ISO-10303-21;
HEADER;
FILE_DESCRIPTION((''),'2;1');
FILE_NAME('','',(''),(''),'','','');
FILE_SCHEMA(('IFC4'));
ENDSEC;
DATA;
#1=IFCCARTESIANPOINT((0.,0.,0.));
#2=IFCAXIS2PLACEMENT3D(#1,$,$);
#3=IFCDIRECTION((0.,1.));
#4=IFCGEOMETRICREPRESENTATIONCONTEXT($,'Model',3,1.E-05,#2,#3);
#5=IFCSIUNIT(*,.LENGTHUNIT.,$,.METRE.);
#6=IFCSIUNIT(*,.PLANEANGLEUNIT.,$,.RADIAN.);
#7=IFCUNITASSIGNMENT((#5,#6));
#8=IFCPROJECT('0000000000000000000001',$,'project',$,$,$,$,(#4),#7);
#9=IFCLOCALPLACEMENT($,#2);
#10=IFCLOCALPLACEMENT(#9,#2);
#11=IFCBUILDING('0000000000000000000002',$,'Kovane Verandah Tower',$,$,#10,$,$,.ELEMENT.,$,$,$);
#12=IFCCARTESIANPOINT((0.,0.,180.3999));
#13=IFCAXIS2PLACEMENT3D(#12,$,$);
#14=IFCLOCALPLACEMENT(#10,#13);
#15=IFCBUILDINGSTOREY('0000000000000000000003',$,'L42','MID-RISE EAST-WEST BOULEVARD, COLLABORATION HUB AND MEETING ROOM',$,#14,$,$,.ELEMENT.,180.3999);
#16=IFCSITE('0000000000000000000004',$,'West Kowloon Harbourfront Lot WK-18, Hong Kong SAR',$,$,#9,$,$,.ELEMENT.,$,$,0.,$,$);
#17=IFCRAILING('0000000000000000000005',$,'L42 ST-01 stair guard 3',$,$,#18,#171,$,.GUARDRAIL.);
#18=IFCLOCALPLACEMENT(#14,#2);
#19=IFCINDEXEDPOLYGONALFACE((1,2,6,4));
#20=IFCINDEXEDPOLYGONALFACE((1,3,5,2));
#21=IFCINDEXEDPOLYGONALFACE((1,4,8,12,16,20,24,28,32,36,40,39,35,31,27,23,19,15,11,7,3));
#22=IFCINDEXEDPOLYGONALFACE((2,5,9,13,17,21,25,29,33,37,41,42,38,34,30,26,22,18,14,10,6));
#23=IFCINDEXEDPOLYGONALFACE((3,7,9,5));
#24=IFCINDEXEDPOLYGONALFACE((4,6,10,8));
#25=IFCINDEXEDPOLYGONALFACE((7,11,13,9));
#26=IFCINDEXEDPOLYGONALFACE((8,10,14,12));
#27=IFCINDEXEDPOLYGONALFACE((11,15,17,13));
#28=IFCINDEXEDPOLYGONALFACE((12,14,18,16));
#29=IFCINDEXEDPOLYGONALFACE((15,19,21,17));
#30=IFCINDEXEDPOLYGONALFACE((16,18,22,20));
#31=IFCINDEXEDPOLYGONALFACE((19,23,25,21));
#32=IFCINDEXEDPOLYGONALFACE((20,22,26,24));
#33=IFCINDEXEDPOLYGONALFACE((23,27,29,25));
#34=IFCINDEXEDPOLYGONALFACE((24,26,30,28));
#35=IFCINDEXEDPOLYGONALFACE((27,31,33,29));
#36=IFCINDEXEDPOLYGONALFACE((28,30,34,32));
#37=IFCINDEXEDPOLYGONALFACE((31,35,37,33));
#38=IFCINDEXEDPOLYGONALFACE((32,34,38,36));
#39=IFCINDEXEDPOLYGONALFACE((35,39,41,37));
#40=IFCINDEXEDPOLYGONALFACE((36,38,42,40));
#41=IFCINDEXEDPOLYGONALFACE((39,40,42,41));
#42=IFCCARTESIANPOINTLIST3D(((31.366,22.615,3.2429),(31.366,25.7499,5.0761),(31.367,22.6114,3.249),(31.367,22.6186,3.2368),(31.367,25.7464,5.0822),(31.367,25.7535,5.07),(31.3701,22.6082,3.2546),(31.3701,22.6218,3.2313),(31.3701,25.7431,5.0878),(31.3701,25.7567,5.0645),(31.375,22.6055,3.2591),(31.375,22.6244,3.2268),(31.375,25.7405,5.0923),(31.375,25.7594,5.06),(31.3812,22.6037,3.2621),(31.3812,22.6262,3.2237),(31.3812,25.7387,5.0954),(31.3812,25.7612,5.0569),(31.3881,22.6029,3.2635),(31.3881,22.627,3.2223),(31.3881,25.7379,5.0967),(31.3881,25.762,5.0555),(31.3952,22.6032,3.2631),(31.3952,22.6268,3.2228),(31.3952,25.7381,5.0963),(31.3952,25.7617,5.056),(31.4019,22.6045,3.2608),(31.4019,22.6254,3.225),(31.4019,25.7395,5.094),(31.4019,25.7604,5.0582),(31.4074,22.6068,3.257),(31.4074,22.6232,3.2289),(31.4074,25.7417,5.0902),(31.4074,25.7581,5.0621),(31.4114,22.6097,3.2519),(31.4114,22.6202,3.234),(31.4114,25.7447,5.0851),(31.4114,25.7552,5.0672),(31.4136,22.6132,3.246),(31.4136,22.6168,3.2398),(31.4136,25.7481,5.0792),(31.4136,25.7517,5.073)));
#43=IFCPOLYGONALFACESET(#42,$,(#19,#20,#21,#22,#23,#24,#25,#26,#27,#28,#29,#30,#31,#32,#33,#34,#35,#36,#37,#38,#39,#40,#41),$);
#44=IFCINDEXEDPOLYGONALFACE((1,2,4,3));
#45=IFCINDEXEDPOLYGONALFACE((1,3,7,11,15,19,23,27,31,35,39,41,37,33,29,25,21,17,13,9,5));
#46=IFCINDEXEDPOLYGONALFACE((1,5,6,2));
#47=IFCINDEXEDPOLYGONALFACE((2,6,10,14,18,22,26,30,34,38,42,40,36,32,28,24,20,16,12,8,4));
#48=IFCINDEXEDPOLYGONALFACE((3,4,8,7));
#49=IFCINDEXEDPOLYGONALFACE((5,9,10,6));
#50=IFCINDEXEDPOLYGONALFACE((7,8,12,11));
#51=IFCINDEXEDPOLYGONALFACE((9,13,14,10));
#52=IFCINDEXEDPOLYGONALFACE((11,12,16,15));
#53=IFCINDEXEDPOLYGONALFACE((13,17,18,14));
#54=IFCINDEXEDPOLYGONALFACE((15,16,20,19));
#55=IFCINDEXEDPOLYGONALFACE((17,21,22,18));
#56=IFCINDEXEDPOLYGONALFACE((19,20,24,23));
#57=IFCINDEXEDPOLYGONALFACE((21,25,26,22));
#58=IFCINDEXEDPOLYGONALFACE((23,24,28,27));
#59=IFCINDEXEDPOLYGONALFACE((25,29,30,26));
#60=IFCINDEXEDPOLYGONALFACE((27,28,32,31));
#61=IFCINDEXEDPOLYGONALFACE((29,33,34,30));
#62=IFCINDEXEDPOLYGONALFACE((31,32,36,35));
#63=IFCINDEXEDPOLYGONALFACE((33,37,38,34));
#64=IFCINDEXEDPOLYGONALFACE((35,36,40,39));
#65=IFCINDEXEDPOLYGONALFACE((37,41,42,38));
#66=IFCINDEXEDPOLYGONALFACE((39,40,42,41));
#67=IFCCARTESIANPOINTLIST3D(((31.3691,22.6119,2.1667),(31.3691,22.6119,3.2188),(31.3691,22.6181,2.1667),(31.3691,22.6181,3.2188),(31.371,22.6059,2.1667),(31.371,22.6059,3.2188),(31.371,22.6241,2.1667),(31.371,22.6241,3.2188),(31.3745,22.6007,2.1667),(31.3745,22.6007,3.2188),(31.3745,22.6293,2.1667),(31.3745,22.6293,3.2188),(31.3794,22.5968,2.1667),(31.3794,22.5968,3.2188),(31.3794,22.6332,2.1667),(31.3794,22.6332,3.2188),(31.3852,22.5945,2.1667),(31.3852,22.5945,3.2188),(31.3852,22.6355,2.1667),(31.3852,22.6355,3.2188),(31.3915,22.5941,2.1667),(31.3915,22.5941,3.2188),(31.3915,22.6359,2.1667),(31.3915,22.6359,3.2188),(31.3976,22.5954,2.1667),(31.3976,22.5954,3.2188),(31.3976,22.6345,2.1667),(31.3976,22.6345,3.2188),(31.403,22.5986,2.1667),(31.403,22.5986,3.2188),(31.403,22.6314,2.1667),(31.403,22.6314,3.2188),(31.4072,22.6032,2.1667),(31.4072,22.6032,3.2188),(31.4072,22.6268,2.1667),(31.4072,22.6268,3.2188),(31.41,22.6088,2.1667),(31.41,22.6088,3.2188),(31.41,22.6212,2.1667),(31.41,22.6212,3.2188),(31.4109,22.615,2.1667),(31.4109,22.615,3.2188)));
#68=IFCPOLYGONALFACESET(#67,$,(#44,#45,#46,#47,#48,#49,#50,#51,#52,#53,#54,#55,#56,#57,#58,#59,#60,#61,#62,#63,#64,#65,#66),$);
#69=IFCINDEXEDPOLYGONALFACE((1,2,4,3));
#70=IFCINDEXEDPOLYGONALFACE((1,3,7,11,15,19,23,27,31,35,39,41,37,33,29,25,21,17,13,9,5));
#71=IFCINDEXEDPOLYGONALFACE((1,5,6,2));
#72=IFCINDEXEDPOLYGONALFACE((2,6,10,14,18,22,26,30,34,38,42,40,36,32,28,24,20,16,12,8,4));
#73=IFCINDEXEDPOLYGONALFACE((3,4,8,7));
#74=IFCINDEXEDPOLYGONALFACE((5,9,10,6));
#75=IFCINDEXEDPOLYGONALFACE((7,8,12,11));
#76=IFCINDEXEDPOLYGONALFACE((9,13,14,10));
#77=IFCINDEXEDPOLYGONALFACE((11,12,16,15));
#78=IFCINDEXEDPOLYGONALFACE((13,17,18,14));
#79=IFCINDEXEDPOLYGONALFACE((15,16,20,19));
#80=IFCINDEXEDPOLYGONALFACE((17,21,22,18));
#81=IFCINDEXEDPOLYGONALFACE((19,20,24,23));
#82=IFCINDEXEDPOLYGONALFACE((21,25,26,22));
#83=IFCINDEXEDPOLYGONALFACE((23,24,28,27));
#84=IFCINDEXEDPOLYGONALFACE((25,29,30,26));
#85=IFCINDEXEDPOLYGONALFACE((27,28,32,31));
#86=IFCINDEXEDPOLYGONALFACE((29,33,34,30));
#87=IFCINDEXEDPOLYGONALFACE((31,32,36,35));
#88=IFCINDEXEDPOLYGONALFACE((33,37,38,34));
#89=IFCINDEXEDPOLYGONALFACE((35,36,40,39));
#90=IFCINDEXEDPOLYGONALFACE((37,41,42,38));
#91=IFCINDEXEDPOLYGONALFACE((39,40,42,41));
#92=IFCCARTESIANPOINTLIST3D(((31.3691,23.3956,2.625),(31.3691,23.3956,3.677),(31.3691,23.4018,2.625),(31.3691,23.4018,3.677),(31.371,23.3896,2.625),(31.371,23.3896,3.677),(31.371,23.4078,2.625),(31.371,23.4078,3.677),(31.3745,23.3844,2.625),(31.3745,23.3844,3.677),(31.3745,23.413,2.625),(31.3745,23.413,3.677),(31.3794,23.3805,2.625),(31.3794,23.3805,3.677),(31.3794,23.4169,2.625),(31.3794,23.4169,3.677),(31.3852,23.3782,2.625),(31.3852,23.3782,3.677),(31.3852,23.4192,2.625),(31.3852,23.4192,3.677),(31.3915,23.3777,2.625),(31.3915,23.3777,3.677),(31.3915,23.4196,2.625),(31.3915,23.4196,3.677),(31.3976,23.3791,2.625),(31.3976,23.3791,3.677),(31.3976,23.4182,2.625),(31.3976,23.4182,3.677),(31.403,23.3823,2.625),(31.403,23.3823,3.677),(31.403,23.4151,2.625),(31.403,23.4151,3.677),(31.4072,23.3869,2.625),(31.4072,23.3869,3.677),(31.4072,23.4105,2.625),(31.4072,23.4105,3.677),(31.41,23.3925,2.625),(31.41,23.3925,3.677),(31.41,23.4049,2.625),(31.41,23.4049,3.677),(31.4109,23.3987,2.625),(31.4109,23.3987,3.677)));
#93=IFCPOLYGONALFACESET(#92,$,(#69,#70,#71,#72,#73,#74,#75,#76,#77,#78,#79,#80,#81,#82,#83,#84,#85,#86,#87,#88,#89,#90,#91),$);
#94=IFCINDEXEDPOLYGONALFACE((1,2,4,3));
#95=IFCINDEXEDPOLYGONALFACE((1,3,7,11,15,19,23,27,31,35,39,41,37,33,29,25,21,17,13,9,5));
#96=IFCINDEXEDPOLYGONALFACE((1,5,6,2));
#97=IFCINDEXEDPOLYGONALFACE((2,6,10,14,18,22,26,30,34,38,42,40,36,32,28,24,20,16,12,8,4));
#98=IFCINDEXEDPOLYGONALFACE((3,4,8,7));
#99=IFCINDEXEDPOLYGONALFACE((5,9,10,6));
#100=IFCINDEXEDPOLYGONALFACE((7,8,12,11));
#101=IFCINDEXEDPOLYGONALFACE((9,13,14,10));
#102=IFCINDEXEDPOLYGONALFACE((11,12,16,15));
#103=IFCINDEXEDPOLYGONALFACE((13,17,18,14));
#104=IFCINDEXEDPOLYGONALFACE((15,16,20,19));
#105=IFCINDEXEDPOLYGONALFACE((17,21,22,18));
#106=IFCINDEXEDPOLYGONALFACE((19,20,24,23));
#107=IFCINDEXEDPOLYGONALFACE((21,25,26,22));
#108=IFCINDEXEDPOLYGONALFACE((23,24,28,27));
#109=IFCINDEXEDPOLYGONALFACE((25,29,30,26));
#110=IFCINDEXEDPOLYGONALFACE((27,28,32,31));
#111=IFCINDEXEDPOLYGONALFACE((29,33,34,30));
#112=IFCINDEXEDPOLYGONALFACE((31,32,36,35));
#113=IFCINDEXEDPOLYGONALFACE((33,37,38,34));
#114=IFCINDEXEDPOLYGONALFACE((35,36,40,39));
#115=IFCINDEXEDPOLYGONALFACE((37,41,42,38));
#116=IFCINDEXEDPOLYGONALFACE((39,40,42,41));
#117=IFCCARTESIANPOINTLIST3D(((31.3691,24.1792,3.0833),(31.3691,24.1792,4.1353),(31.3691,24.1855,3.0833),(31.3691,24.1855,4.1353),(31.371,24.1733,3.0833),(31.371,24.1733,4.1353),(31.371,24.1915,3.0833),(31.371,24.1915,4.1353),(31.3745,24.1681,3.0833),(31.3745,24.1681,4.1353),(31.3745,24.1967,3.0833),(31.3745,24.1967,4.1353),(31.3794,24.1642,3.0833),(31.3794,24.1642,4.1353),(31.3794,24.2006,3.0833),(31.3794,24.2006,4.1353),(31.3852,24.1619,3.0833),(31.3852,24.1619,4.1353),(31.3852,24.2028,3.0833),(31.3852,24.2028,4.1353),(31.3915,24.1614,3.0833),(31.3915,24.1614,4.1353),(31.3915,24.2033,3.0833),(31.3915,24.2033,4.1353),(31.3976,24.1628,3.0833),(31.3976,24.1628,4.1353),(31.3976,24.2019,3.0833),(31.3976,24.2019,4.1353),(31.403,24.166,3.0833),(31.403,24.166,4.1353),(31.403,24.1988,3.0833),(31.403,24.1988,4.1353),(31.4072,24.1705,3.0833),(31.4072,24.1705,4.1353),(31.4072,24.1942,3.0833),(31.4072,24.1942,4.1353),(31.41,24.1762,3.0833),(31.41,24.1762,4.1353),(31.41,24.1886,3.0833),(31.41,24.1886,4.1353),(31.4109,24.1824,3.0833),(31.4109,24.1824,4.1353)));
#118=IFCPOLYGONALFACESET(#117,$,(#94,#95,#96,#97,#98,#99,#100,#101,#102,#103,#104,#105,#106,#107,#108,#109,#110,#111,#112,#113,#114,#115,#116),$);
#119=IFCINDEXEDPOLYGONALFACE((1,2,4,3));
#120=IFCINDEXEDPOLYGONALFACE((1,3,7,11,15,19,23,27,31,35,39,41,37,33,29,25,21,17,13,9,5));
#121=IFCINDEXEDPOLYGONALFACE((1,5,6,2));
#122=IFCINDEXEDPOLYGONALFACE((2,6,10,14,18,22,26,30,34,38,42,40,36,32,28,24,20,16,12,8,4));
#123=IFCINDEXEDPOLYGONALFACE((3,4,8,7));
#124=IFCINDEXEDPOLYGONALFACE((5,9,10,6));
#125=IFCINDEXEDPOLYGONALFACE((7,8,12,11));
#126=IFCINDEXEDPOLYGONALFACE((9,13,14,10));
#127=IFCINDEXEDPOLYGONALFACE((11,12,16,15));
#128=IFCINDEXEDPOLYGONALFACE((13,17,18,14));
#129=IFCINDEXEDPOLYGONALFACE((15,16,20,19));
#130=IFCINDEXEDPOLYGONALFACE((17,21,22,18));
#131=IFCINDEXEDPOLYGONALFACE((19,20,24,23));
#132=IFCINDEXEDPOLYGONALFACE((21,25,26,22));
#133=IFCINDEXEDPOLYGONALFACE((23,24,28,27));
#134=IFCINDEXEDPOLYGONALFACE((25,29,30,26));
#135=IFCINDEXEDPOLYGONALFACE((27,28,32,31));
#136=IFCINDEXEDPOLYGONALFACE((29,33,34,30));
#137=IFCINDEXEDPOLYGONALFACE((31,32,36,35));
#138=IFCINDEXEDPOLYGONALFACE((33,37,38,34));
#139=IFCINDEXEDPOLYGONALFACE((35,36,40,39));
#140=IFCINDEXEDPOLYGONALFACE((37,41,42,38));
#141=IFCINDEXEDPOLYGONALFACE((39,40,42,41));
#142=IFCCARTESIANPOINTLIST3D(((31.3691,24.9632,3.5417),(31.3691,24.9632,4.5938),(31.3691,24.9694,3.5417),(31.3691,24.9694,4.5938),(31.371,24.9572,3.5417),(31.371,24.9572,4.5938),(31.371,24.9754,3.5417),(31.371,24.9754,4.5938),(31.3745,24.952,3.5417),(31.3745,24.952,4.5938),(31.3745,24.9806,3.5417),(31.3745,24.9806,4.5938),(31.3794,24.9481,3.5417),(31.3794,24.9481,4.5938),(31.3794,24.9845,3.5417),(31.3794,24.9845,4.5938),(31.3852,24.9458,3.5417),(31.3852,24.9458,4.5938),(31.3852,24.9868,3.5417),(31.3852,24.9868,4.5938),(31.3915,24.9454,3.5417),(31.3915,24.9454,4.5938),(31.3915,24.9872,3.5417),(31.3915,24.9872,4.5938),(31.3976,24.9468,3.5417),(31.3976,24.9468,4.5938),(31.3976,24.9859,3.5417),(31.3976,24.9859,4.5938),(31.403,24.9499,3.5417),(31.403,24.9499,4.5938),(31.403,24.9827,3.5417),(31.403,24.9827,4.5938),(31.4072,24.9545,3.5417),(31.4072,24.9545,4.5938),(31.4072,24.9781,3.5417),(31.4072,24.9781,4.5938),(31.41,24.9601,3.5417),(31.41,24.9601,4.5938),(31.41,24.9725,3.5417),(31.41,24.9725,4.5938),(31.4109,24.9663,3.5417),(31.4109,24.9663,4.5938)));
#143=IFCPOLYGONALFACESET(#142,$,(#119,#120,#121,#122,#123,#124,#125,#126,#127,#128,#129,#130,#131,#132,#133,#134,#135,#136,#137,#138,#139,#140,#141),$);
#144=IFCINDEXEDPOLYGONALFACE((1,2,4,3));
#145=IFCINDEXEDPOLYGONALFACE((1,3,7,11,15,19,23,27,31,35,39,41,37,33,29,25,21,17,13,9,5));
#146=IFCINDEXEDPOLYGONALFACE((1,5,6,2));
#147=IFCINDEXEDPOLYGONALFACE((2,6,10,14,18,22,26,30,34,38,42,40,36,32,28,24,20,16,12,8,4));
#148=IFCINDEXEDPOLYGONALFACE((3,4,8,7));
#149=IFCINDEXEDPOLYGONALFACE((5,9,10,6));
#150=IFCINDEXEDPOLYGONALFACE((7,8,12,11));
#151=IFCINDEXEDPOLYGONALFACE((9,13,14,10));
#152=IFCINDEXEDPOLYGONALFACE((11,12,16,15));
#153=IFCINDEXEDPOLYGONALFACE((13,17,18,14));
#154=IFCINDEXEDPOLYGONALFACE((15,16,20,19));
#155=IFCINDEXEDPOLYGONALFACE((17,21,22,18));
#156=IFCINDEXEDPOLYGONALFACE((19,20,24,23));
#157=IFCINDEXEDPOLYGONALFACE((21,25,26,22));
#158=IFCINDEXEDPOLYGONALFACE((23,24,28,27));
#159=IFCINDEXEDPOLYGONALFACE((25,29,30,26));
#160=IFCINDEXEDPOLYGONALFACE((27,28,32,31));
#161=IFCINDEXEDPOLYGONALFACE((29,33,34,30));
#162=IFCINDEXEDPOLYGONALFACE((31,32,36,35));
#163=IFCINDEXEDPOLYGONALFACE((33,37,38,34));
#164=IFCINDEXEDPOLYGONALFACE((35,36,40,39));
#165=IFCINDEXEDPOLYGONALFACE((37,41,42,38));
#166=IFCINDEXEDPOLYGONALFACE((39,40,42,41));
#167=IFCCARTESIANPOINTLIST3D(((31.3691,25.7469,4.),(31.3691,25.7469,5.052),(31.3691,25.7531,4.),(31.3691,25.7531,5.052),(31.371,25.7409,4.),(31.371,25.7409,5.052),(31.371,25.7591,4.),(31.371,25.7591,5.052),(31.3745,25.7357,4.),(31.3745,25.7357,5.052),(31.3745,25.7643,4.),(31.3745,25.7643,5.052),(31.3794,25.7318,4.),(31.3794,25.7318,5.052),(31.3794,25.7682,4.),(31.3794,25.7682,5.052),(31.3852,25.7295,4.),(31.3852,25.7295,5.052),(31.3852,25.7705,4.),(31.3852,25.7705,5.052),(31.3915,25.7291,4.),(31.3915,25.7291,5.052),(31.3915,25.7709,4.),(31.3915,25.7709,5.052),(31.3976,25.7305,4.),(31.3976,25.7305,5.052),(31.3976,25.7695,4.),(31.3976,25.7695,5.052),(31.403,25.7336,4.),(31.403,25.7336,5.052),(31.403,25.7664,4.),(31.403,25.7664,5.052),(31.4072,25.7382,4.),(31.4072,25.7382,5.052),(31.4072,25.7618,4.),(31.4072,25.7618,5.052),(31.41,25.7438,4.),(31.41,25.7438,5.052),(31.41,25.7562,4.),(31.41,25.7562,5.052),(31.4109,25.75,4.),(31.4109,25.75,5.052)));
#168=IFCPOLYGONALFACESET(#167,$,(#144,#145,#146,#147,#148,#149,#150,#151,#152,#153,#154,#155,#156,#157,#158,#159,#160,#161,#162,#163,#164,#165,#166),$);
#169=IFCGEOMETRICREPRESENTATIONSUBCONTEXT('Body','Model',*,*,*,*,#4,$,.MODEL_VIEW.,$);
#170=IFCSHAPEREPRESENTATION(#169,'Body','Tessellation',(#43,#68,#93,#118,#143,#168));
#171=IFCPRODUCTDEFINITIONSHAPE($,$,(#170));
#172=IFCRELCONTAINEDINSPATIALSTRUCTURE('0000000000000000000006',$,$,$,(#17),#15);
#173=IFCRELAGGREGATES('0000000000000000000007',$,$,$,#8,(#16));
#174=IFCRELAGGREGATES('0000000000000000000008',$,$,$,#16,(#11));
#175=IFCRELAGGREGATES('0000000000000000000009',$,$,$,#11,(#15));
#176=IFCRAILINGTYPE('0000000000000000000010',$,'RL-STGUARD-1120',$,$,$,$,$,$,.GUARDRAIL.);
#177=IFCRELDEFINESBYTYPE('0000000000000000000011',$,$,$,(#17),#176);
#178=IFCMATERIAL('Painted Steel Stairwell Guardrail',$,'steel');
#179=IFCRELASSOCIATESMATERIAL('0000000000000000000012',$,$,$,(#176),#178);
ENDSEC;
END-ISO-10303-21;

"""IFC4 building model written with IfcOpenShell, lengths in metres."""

from ifc_helpers import new_model, si_unit, direction, frame, origin, origin_2d, place, context, subcontext, project, spatial, circle, extrude, material, type_object, element, save


model = new_model("IFC4")

# Units and contexts
model_context = context("Model", 3, precision=1e-05, world=origin(), true_north=direction((0.0, 1.0)))
body_context = subcontext(model_context, "Body", "Model", "MODEL_VIEW")
ifc_project = project(units=[si_unit("LENGTHUNIT", "METRE"), si_unit("PLANEANGLEUNIT", "RADIAN")], contexts=[model_context])

# Site, building, storey
site_placement = place(None, origin())
site = spatial("IfcSite", under=ifc_project, at=site_placement, Name="West Kowloon Harbourfront Lot WK-18, Hong Kong SAR", CompositionType="ELEMENT", RefElevation=0.0)
building_placement = place(site_placement, origin())
building = spatial("IfcBuilding", under=site, at=building_placement, Name="Kovane Verandah Tower", CompositionType="ELEMENT")
storey_placement = place(building_placement, frame((0.0, 0.0, 180.3999)))
storey = spatial("IfcBuildingStorey", under=building, at=storey_placement, Name="L42", Description="MID-RISE EAST-WEST BOULEVARD, COLLABORATION HUB AND MEETING ROOM", CompositionType="ELEMENT", Elevation=180.3999)

# Railing
ifc_material_1 = material(Name="Painted Steel Stairwell Guardrail", Category="steel")
railing_type_1 = type_object("IfcRailingType", Name="RL-STGUARD-1120", PredefinedType="GUARDRAIL", material=ifc_material_1)
railing_1_placement = place(storey_placement, frame((31.3899, 22.615, 2.1667)))
element("IfcRailing", 1, at=railing_1_placement, inside=storey, type_object=railing_type_1, Name="L42 ST-01 stair guard 3", PredefinedType="GUARDRAIL", context=body_context, shape_type="SweptSolid", body=[
    extrude(circle(Radius=0.0239, at=origin_2d()), frame((0.0, 0.0, 1.0762), z_axis=(0.0, 0.86324, 0.504794), x_axis=(-1.0, 0.0, 0.0)), (0.0, 0.0, 1.0), 3.6316),
    extrude(circle(Radius=0.021, at=origin_2d()), origin(), (0.0, 0.0, 1.0), 1.052),
    extrude(circle(Radius=0.021, at=origin_2d()), frame((0.0, 0.7837, 0.4583)), (0.0, 0.0, 1.0), 1.052),
    extrude(circle(Radius=0.021, at=origin_2d()), frame((0.0, 1.5674, 0.9165)), (0.0, 0.0, 1.0), 1.052),
    extrude(circle(Radius=0.021, at=origin_2d()), frame((0.0, 2.3513, 1.375)), (0.0, 0.0, 1.0), 1.052),
    extrude(circle(Radius=0.021, at=origin_2d()), frame((0.0, 3.135, 1.8333)), (0.0, 0.0, 1.0), 1.052),
])

save(model, "model.ifc")
